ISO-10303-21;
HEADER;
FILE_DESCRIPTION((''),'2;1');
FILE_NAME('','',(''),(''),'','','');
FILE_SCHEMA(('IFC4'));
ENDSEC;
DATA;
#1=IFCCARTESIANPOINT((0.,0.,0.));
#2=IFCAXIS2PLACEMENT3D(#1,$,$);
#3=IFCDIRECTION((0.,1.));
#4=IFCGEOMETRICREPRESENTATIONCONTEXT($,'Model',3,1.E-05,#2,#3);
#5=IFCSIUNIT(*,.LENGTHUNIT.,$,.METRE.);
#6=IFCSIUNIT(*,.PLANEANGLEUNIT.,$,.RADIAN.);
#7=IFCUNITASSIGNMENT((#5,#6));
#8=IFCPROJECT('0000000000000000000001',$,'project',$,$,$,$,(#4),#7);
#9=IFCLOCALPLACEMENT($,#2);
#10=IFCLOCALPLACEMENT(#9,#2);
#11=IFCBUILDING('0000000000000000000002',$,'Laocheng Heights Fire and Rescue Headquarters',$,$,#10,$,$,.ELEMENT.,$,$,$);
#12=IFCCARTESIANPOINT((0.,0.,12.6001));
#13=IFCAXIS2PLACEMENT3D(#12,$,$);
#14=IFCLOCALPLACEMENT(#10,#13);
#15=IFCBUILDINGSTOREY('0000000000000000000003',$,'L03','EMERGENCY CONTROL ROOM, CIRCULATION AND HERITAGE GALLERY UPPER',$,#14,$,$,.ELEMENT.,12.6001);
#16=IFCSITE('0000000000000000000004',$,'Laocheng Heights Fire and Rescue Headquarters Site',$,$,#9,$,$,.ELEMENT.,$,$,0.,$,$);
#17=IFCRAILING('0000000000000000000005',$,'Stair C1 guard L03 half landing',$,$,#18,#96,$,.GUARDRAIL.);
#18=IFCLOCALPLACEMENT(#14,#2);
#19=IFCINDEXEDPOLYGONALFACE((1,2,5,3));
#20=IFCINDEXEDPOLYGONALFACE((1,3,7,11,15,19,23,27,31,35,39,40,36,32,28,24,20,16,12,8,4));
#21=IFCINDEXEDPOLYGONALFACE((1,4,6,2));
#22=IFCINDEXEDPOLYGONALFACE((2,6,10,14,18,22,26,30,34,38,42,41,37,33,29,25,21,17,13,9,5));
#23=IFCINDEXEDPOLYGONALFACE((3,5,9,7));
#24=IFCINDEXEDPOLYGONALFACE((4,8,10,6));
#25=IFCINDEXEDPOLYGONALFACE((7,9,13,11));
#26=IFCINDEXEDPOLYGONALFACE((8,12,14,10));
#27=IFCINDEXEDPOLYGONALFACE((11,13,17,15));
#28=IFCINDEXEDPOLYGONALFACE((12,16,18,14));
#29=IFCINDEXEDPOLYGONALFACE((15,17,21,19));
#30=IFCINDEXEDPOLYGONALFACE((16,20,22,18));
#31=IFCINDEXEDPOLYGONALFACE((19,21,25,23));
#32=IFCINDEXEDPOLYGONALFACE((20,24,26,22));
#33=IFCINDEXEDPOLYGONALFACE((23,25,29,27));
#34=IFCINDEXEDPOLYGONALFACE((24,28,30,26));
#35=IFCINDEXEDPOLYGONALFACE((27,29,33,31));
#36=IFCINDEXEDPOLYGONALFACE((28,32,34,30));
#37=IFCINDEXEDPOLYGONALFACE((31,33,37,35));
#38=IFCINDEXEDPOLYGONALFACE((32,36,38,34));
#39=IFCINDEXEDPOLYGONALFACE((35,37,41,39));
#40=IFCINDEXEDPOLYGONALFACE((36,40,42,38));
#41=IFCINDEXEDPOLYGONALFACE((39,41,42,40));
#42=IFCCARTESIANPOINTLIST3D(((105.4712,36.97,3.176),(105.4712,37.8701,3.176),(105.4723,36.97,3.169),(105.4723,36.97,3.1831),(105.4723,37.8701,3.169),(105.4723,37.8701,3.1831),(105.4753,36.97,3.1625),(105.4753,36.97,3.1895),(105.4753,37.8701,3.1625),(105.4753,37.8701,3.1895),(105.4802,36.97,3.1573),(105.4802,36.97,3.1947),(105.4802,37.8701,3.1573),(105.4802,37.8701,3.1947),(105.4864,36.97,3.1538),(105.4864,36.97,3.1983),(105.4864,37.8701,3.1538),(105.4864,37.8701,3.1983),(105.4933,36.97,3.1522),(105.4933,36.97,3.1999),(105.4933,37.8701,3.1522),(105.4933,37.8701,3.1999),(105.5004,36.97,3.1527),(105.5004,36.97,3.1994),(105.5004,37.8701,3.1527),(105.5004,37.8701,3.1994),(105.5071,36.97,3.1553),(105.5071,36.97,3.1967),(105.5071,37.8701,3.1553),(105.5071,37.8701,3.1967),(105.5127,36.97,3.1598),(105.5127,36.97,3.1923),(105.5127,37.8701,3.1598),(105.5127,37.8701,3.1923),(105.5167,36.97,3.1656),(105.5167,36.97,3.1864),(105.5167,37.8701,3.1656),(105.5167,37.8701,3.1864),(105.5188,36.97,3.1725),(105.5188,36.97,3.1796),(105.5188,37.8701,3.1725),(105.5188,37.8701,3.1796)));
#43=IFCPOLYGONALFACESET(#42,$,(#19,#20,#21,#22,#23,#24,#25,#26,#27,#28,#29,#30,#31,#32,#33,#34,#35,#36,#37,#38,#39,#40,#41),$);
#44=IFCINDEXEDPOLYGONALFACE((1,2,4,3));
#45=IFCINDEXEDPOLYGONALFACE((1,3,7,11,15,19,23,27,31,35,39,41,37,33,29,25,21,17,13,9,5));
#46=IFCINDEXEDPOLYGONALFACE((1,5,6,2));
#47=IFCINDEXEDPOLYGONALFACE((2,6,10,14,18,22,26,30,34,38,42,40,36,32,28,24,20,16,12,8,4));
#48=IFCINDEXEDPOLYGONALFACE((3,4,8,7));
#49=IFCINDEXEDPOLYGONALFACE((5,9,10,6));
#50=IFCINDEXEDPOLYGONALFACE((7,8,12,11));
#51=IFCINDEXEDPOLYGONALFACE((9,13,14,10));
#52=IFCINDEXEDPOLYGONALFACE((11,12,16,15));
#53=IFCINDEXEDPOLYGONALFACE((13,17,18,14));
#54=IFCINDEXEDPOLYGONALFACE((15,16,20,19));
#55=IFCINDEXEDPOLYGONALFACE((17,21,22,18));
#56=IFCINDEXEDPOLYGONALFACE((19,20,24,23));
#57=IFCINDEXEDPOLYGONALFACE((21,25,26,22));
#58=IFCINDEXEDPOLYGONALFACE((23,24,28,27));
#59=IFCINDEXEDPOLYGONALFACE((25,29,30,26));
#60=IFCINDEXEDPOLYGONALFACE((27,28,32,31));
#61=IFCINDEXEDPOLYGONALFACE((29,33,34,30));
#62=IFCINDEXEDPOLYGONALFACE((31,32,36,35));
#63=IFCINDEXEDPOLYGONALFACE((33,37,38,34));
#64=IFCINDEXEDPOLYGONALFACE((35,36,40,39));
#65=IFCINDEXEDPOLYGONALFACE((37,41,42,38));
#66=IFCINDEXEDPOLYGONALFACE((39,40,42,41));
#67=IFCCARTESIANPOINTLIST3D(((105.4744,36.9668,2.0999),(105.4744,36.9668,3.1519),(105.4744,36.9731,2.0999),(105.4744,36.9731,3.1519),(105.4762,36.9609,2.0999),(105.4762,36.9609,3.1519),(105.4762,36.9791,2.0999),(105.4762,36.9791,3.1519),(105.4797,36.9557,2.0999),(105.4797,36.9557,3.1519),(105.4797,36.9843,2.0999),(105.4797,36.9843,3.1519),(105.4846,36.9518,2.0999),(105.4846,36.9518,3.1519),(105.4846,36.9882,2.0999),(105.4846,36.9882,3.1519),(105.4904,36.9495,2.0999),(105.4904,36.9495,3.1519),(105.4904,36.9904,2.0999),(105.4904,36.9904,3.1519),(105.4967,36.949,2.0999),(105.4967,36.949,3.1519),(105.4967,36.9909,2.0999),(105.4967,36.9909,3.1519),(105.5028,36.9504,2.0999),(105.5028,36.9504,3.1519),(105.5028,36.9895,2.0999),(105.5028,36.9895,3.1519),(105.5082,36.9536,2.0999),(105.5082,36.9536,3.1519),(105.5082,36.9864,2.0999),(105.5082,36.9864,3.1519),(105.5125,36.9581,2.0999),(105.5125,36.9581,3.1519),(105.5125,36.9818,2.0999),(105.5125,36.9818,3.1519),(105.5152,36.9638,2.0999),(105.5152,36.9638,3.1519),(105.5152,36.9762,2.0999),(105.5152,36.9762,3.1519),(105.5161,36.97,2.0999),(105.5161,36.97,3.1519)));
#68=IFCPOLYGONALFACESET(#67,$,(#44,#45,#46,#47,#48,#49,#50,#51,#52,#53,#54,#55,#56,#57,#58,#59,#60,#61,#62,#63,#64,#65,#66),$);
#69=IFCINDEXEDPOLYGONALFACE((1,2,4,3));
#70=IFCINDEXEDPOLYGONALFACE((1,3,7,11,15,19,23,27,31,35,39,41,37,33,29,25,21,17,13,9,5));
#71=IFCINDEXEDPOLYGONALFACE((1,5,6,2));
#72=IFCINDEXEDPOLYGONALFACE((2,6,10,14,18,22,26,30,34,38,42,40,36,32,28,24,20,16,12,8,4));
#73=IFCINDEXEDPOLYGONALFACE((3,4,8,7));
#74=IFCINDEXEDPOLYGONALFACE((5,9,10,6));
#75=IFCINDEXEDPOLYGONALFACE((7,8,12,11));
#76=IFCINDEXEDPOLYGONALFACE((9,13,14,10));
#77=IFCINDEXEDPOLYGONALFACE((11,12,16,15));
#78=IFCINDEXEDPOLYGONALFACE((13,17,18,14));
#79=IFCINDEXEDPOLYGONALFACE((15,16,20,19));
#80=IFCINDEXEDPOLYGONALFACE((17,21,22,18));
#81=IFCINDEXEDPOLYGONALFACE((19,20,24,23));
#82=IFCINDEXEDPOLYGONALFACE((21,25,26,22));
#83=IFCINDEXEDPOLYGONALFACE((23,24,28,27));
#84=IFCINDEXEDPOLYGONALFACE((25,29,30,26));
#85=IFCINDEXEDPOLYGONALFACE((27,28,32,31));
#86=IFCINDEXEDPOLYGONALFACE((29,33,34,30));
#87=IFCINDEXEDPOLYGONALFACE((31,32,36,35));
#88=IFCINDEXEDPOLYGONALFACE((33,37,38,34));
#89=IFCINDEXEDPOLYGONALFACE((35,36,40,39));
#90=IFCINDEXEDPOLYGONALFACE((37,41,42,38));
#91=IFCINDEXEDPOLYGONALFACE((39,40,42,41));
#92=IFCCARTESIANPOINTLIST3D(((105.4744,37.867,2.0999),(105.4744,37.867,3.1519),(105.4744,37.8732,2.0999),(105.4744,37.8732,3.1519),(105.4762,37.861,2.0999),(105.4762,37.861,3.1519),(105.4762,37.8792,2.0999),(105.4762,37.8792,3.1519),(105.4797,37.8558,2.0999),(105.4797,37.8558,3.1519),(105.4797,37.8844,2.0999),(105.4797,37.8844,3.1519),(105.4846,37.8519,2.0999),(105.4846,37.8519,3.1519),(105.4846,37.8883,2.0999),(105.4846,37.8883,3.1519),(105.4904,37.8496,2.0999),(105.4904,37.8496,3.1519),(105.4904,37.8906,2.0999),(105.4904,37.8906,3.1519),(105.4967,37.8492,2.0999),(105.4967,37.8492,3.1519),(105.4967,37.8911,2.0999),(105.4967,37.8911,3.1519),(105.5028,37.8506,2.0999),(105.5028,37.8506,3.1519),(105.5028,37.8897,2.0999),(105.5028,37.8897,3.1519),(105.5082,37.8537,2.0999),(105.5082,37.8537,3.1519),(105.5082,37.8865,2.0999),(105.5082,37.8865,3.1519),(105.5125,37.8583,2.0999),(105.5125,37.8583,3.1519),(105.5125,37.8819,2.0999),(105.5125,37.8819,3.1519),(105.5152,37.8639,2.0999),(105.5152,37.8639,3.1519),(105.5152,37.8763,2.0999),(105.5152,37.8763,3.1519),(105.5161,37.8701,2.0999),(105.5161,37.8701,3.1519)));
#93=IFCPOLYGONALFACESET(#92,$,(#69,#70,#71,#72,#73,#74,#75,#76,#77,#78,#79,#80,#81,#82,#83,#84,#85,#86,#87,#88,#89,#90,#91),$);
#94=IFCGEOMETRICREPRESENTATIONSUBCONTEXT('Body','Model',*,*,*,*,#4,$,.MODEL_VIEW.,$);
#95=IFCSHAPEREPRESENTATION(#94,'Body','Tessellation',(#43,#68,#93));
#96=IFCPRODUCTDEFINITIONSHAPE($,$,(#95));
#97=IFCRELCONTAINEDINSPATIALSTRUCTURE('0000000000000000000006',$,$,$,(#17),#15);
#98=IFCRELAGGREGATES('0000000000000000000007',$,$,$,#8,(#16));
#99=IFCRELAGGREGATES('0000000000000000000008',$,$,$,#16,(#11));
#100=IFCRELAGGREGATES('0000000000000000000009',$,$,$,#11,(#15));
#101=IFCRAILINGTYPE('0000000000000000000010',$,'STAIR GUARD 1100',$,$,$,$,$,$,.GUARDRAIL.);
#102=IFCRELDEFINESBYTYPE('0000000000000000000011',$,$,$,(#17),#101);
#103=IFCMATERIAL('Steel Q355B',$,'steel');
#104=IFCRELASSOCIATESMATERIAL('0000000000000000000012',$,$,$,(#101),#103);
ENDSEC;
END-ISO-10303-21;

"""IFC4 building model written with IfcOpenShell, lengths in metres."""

from ifc_helpers import new_model, si_unit, direction, frame, origin, origin_2d, place, context, subcontext, project, spatial, circle, extrude, material, type_object, element, save


model = new_model("IFC4")

# Units and contexts
model_context = context("Model", 3, precision=1e-05, world=origin(), true_north=direction((0.0, 1.0)))
body_context = subcontext(model_context, "Body", "Model", "MODEL_VIEW")
ifc_project = project(units=[si_unit("LENGTHUNIT", "METRE"), si_unit("PLANEANGLEUNIT", "RADIAN")], contexts=[model_context])

# Site, building, storey
site_placement = place(None, origin())
site = spatial("IfcSite", under=ifc_project, at=site_placement, Name="Laocheng Heights Fire and Rescue Headquarters Site", CompositionType="ELEMENT", RefElevation=0.0)
building_placement = place(site_placement, origin())
building = spatial("IfcBuilding", under=site, at=building_placement, Name="Laocheng Heights Fire and Rescue Headquarters", CompositionType="ELEMENT")
storey_placement = place(building_placement, frame((0.0, 0.0, 12.6001)))
storey = spatial("IfcBuildingStorey", under=building, at=storey_placement, Name="L03", Description="EMERGENCY CONTROL ROOM, CIRCULATION AND HERITAGE GALLERY UPPER", CompositionType="ELEMENT", Elevation=12.6001)

# Railing
ifc_material_1 = material(Name="Steel Q355B", Category="steel")
railing_type_1 = type_object("IfcRailingType", Name="STAIR GUARD 1100", PredefinedType="GUARDRAIL", material=ifc_material_1)
railing_1_placement = place(storey_placement, frame((105.4951, 36.97, 2.0999)))
element("IfcRailing", 1, at=railing_1_placement, inside=storey, type_object=railing_type_1, Name="Stair C1 guard L03 half landing", PredefinedType="GUARDRAIL", context=body_context, shape_type="SweptSolid", body=[
    extrude(circle(Radius=0.0239, at=origin_2d()), frame((0.0, 0.0, 1.0762), z_axis=(0.0, 1.0, 0.0), x_axis=(-1.0, 0.0, 0.0)), (0.0, 0.0, 1.0), 0.9001),
    extrude(circle(Radius=0.021, at=origin_2d()), origin(), (0.0, 0.0, 1.0), 1.052),
    extrude(circle(Radius=0.021, at=origin_2d()), frame((0.0, 0.9001, 0.0)), (0.0, 0.0, 1.0), 1.052),
])

save(model, "model.ifc")
